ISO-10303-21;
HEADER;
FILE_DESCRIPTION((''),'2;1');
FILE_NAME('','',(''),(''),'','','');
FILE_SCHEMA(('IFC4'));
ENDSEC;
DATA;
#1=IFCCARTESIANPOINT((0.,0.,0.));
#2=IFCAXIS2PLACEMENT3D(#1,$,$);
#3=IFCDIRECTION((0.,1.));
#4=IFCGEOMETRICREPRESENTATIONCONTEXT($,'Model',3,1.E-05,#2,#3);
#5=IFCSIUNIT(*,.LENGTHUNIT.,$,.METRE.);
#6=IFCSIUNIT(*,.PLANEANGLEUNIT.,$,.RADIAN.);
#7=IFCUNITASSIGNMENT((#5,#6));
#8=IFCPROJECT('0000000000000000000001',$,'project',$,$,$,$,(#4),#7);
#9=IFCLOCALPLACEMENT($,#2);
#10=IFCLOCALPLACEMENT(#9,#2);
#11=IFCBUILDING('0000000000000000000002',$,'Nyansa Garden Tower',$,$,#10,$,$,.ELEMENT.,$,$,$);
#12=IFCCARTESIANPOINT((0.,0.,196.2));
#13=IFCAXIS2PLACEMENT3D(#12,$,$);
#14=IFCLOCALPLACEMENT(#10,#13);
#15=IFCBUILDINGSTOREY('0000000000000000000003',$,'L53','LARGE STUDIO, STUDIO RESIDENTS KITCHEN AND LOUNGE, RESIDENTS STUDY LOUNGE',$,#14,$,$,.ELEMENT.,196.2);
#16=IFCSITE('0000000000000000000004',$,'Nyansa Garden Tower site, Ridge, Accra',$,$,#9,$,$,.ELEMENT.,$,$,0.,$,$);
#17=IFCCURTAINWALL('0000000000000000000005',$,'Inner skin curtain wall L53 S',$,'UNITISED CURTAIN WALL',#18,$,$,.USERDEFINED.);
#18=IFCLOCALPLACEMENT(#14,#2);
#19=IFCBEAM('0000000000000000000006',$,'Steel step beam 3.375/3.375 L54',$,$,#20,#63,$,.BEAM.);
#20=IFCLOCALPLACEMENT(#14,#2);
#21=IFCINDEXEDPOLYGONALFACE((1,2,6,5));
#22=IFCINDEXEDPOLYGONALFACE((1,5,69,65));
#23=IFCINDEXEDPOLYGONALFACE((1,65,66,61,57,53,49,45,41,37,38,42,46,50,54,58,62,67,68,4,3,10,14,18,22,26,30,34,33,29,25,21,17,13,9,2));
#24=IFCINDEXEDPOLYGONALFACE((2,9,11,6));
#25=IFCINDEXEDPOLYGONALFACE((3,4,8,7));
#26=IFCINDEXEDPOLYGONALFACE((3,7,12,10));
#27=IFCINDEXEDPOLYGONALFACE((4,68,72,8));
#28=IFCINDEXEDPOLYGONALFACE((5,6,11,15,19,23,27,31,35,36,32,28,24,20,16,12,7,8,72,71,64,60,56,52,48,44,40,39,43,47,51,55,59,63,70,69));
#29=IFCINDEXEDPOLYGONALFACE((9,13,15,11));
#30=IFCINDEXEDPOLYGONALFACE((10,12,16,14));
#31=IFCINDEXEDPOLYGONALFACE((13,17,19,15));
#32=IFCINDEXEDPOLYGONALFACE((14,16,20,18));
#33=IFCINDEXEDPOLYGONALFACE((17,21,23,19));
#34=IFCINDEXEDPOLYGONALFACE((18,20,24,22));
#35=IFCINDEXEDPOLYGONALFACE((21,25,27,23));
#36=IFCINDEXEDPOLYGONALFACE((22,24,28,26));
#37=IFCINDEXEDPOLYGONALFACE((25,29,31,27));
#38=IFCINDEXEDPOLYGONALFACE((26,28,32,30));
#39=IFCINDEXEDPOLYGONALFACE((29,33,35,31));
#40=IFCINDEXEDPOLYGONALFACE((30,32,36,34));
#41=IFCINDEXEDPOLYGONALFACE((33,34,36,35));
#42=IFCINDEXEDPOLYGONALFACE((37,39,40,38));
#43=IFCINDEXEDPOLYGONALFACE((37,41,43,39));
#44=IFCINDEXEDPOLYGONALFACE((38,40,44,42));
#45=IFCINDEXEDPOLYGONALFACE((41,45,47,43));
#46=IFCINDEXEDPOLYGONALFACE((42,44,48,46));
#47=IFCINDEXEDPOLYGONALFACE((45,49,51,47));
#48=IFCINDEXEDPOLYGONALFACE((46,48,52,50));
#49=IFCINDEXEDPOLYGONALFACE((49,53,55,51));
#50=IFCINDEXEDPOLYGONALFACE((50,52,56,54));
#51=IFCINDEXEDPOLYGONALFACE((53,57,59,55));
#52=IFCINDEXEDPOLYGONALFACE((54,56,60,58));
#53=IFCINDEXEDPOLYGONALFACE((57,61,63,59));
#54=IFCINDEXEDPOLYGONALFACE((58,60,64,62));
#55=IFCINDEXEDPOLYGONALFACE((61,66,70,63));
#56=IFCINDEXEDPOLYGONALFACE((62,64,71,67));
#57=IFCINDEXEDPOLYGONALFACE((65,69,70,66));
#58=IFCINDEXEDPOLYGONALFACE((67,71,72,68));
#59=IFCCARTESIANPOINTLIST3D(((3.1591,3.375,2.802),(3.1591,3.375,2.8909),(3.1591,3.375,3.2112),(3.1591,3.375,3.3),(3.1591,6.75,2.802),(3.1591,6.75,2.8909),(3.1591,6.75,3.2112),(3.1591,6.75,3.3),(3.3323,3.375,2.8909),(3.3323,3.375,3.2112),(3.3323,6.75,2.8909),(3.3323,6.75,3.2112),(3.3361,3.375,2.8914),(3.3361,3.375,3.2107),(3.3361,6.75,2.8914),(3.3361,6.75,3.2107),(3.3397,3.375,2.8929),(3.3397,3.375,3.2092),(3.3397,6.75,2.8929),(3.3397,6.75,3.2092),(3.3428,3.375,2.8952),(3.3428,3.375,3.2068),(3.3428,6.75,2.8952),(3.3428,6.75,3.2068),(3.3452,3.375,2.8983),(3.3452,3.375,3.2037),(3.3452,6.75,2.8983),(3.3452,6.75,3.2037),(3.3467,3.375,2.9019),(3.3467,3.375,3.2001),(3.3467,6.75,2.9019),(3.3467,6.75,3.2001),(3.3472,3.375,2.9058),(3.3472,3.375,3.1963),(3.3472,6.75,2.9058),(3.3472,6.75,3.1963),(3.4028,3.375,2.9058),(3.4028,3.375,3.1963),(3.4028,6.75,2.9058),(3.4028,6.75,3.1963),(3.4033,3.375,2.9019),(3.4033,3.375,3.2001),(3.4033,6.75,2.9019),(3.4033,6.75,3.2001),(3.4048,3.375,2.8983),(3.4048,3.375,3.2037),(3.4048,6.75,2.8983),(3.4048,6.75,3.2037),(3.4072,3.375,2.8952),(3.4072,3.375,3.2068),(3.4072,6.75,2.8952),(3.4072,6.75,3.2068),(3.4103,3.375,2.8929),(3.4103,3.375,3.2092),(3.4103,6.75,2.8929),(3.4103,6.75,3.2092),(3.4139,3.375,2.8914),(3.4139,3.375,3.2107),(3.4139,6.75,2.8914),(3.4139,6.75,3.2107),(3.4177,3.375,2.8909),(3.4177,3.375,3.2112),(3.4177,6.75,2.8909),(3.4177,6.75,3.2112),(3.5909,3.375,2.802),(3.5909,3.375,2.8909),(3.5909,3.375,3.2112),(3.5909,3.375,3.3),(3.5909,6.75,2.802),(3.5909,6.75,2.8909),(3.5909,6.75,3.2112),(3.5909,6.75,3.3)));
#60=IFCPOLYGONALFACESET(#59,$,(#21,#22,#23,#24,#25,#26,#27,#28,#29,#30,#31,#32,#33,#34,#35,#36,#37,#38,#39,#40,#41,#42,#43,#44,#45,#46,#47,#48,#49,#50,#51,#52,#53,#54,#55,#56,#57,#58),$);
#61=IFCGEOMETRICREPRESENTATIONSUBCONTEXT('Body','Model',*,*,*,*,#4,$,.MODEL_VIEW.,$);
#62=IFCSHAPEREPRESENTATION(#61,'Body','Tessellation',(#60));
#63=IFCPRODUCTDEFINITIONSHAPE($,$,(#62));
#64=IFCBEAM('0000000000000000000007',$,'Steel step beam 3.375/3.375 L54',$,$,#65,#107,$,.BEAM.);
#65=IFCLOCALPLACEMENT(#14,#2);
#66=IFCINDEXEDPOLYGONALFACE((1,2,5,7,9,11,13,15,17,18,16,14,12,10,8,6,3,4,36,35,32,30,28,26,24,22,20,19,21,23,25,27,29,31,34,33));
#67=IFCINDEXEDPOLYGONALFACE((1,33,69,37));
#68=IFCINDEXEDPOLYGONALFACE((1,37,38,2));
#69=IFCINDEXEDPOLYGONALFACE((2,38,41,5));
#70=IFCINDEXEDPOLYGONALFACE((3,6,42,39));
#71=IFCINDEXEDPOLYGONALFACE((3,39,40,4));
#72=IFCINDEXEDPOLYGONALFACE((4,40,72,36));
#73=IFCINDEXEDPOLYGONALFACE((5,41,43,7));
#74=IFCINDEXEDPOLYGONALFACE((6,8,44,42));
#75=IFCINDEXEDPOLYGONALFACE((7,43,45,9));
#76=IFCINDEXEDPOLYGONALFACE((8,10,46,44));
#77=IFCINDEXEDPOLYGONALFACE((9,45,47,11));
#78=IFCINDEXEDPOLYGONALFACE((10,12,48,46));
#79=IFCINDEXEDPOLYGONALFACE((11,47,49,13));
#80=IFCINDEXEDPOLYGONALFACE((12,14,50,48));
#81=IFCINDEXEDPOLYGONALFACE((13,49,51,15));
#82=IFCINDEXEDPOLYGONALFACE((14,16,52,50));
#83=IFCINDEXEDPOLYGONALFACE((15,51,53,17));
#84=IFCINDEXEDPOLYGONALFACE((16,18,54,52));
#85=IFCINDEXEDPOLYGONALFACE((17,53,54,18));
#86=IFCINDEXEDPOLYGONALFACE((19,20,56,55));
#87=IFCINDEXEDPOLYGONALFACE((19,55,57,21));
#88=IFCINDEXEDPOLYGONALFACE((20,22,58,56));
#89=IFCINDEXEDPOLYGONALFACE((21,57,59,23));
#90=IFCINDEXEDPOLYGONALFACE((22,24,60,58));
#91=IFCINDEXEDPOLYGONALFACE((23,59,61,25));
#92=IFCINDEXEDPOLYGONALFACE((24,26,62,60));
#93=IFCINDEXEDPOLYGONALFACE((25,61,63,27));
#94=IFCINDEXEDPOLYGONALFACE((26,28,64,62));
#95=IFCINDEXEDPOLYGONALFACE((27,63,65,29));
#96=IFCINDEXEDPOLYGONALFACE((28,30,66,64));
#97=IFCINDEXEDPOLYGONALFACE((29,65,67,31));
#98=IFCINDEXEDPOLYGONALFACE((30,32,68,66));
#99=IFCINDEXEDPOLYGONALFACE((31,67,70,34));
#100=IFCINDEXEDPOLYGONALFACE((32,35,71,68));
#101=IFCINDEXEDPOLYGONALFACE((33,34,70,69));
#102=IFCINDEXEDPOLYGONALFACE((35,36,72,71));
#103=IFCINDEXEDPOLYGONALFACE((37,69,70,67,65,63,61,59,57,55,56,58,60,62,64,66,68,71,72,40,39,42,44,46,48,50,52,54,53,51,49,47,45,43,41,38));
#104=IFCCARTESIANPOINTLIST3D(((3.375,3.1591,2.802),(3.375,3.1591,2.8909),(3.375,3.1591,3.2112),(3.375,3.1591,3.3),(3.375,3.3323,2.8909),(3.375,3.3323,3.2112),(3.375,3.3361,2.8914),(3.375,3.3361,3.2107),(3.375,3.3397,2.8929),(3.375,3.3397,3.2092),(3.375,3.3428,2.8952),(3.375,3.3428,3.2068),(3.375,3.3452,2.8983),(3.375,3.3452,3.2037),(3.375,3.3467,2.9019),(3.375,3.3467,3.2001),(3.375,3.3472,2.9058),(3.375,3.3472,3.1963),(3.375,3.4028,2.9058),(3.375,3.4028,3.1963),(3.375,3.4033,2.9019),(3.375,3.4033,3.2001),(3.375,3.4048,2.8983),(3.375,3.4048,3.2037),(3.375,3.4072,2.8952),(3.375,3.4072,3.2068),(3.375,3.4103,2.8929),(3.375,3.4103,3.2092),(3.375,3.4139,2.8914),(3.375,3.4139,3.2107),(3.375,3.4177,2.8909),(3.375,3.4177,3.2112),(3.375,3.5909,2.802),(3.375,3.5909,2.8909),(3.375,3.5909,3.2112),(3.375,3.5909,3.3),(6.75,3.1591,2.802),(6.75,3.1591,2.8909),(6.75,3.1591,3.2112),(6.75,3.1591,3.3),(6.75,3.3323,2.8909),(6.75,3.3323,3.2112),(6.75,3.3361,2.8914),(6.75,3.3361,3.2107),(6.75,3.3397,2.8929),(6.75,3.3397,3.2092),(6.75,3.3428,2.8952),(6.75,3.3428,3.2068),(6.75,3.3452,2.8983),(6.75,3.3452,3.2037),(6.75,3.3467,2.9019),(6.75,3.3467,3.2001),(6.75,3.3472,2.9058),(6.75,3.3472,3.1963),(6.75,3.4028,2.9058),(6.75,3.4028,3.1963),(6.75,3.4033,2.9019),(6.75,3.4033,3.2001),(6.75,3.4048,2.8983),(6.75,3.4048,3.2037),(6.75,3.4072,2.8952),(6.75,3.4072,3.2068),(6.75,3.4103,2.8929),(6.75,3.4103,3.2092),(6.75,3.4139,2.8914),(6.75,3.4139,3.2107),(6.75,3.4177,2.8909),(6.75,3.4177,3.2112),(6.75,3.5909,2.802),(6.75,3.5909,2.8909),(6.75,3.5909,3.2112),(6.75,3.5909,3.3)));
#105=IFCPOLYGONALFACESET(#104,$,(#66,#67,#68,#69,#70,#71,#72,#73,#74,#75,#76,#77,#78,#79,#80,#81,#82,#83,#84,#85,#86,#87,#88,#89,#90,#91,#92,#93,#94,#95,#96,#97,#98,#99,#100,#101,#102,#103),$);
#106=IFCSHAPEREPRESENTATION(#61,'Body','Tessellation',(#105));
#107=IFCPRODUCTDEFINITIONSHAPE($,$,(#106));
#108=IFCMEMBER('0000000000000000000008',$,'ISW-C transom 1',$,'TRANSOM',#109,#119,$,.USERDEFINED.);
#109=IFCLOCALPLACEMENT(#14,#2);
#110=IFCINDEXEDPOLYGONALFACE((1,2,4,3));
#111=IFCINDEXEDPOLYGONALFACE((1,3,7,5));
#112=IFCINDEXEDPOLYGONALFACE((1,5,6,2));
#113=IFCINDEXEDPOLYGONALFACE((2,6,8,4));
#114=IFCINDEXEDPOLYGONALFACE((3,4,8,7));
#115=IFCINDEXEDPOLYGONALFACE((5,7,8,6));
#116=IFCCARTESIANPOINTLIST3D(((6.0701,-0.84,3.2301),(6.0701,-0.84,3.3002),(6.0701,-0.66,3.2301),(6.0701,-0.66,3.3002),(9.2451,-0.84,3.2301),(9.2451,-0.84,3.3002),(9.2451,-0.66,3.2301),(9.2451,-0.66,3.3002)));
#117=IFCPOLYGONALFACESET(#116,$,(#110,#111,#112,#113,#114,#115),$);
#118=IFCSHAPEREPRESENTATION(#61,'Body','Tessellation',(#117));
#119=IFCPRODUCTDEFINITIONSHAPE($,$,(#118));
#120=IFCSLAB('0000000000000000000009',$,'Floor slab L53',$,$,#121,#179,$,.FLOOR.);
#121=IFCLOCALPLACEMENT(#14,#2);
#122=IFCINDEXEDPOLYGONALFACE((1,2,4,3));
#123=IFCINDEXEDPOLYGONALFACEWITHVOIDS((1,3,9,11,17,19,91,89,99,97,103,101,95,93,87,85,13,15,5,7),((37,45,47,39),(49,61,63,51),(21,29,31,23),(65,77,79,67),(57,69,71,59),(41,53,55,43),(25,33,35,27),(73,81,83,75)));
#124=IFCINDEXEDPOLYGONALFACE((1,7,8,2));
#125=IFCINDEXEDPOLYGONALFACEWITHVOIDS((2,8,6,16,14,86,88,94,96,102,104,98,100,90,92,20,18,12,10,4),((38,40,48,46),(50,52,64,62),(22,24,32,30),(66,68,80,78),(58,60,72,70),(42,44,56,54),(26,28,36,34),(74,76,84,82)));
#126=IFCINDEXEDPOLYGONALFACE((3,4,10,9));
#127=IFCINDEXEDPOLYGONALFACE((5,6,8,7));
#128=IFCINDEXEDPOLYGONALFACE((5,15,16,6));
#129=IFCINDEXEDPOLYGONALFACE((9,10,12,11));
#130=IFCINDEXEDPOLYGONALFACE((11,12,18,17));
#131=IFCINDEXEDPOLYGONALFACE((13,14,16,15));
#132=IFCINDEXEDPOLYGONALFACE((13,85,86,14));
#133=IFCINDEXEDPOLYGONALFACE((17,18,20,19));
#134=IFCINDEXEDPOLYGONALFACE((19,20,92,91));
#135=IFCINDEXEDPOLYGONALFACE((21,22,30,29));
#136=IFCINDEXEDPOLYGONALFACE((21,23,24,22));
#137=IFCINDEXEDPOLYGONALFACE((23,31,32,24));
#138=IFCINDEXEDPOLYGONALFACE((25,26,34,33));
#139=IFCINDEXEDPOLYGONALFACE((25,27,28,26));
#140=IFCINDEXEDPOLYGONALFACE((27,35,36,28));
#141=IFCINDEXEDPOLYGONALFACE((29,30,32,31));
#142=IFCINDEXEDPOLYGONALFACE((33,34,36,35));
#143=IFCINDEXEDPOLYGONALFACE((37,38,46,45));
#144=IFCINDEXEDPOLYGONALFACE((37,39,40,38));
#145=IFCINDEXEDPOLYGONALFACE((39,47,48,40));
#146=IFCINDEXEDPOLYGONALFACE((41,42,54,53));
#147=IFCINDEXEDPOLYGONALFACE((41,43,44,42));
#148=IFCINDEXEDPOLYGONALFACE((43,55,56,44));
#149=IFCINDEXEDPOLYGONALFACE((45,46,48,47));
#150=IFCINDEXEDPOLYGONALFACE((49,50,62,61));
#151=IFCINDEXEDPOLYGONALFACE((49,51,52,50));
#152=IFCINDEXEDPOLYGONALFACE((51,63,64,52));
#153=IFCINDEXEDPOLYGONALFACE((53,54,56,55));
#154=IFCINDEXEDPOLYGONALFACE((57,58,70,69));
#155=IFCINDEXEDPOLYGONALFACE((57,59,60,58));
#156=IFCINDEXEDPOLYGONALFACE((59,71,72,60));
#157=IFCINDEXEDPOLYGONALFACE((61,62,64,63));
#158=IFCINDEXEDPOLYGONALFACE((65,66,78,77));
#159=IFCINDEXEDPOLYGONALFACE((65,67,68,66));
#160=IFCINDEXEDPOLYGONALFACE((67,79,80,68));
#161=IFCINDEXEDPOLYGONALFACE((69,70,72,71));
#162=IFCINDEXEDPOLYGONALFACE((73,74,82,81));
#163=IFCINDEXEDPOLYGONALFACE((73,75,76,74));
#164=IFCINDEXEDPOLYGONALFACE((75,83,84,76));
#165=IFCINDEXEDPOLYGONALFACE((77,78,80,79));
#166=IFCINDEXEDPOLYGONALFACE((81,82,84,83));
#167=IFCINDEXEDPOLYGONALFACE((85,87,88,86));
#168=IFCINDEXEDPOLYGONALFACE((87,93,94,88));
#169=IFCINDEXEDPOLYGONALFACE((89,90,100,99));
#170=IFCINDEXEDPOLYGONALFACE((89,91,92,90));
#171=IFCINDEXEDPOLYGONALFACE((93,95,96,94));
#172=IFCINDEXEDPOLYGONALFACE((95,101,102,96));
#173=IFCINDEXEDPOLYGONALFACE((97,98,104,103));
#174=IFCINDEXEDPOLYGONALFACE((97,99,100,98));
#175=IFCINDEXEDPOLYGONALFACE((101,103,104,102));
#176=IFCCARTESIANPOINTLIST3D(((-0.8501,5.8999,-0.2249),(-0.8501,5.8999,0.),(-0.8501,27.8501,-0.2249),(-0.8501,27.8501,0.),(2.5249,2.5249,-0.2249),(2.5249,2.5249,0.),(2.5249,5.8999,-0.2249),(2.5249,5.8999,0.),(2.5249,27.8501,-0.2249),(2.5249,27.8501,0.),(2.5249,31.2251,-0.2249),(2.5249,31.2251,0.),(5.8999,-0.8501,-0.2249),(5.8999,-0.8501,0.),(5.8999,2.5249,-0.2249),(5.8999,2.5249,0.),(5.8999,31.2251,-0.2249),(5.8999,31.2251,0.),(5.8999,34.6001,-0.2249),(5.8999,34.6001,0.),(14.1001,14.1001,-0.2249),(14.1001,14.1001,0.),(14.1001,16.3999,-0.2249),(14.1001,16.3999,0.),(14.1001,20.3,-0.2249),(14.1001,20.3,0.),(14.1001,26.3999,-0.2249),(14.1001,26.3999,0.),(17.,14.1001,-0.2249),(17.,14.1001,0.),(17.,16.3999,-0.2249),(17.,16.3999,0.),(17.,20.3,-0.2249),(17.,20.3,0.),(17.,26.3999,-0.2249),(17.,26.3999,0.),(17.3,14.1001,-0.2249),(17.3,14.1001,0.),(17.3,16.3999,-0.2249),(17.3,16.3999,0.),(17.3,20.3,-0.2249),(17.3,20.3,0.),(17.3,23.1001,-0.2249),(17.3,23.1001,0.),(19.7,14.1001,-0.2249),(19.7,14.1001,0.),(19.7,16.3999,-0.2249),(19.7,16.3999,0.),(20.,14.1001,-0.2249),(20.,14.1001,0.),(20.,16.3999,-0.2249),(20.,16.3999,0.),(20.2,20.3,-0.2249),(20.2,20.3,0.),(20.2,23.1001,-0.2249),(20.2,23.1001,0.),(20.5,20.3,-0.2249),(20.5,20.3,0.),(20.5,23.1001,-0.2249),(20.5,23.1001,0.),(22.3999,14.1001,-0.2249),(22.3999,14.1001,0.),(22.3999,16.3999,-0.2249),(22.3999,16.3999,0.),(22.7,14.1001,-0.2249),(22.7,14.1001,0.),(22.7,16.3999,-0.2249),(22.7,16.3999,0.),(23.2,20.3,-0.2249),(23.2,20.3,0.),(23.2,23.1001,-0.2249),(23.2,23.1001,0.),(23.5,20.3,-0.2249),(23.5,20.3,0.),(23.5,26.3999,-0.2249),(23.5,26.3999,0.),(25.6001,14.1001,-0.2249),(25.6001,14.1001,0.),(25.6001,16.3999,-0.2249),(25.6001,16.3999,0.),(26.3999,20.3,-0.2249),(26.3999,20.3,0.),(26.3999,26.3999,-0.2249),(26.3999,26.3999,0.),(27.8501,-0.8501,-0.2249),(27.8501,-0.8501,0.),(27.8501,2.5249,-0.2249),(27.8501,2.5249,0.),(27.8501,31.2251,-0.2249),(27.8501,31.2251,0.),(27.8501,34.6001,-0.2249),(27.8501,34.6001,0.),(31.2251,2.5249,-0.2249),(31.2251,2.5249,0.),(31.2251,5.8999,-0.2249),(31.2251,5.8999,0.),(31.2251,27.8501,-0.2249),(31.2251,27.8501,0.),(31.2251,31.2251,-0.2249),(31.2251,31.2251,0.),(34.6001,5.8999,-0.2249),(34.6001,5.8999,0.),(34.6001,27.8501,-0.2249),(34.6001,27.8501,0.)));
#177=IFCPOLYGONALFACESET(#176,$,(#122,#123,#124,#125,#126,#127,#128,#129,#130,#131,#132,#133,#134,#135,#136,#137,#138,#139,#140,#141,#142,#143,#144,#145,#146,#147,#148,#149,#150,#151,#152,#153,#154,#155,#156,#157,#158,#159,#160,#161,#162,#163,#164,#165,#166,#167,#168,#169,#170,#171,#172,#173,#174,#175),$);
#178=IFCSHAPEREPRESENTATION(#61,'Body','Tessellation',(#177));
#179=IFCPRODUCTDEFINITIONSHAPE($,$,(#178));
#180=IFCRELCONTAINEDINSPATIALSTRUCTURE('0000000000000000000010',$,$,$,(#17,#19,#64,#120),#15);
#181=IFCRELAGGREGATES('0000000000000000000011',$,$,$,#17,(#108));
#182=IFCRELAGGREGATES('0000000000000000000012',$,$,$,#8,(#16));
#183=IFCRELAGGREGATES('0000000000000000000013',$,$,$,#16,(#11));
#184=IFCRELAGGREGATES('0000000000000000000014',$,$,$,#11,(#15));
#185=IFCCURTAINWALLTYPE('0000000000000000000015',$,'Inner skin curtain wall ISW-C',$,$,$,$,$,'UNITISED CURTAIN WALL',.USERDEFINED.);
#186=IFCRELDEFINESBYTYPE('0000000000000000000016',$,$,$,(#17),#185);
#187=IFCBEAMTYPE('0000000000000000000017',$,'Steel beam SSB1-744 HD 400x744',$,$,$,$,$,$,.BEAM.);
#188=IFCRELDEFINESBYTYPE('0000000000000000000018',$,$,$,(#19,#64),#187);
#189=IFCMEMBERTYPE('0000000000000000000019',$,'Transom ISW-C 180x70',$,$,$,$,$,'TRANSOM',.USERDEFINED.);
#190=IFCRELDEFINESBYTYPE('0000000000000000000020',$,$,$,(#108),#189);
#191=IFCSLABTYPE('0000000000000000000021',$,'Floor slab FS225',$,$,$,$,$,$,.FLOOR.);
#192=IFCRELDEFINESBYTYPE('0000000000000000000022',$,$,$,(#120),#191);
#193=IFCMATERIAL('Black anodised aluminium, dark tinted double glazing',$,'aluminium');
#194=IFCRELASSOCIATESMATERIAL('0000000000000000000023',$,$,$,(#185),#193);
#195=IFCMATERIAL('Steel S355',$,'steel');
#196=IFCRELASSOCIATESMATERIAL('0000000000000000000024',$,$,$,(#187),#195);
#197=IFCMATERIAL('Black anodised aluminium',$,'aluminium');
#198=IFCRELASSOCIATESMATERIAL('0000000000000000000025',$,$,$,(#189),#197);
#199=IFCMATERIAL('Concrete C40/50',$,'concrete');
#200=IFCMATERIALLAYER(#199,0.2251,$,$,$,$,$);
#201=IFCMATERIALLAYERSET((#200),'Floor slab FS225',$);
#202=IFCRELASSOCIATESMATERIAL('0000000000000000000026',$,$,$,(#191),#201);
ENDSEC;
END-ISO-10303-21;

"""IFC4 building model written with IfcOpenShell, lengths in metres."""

from ifc_helpers import new_model, si_unit, direction, frame, origin, origin_2d, place, context, subcontext, project, spatial, polyline, rectangle, i_section, outline, extrude, material, layer, layer_set, material_profile, profile_set, type_object, element, aggregate, save


model = new_model("IFC4")

# Units and contexts
model_context = context("Model", 3, precision=1e-05, world=origin(), true_north=direction((0.0, 1.0)))
body_context = subcontext(model_context, "Body", "Model", "MODEL_VIEW")
ifc_project = project(units=[si_unit("LENGTHUNIT", "METRE"), si_unit("PLANEANGLEUNIT", "RADIAN")], contexts=[model_context])

# Site, building, storey
site_placement = place(None, origin())
site = spatial("IfcSite", under=ifc_project, at=site_placement, Name="Nyansa Garden Tower site, Ridge, Accra", CompositionType="ELEMENT", RefElevation=0.0)
building_placement = place(site_placement, origin())
building = spatial("IfcBuilding", under=site, at=building_placement, Name="Nyansa Garden Tower", CompositionType="ELEMENT")
storey_placement = place(building_placement, frame((0.0, 0.0, 196.2)))
storey = spatial("IfcBuildingStorey", under=building, at=storey_placement, Name="L53", Description="LARGE STUDIO, STUDIO RESIDENTS KITCHEN AND LOUNGE, RESIDENTS STUDY LOUNGE", CompositionType="ELEMENT", Elevation=196.2)

# Curtain wall
ifc_material_1 = material(Name="Black anodised aluminium, dark tinted double glazing", Category="aluminium")
curtain_wall_type = type_object("IfcCurtainWallType", Name="Inner skin curtain wall ISW-C", ElementType="UNITISED CURTAIN WALL", PredefinedType="USERDEFINED", material=ifc_material_1)
curtain_wall_1_placement = place(storey_placement, origin())
curtain_wall_1 = element("IfcCurtainWall", 1, at=curtain_wall_1_placement, inside=storey, type_object=curtain_wall_type, Name="Inner skin curtain wall L53 S", ObjectType="UNITISED CURTAIN WALL", PredefinedType="USERDEFINED")

# Beams
ifc_material_2 = material(Name="Steel S355", Category="steel")
ifc_material_profile_1 = material_profile(ifc_material_2, i_section(OverallWidth=0.4319, OverallDepth=0.498, WebThickness=0.0557, FlangeThickness=0.0889, FilletRadius=0.0149, at=origin_2d()), Name="HD 400x744")
ifc_profile_set_1 = profile_set([ifc_material_profile_1], Name="Steel S355")
beam_type_1 = type_object("IfcBeamType", Name="Steel beam SSB1-744 HD 400x744", PredefinedType="BEAM", material=ifc_profile_set_1)
for number, where, z_axis, x_axis, name in (
    (2, (3.375, 3.375, 3.051), (0.0, 1.0, 0.0), (-1.0, 0.0, 0.0), "Steel step beam 3.375/3.375 L54"),
    (3, (3.375, 3.375, 3.051), (1.0, 0.0, 0.0), (0.0, 1.0, 0.0), "Steel step beam 3.375/3.375 L54"),
):
    element("IfcBeam", number, at=place(storey_placement, frame(where, z_axis=z_axis, x_axis=x_axis)), inside=storey, type_object=beam_type_1, Name=name, PredefinedType="BEAM", context=body_context, shape_type="SweptSolid", body=[
        extrude(i_section(OverallWidth=0.4319, OverallDepth=0.498, WebThickness=0.0557, FlangeThickness=0.0889, FilletRadius=0.0149, at=origin_2d()), origin(), (0.0, 0.0, 1.0), 3.375),
    ])

# Member
ifc_material_3 = material(Name="Black anodised aluminium", Category="aluminium")
ifc_material_profile_2 = material_profile(ifc_material_3, rectangle(XDim=0.1799, YDim=0.0701, at=origin_2d()), Name="Transom 180x70")
ifc_profile_set_2 = profile_set([ifc_material_profile_2], Name="Black anodised aluminium")
member_type_1 = type_object("IfcMemberType", Name="Transom ISW-C 180x70", ElementType="TRANSOM", PredefinedType="USERDEFINED", material=ifc_profile_set_2)
member_1_placement = place(storey_placement, frame((6.0701, -0.75, 3.2651), z_axis=(1.0, 0.0, 0.0), x_axis=(0.0, 1.0, 0.0)))
member_1 = element("IfcMember", 4, at=member_1_placement, type_object=member_type_1, Name="ISW-C transom 1", ObjectType="TRANSOM", PredefinedType="USERDEFINED", context=body_context, shape_type="SweptSolid", body=[
    extrude(rectangle(XDim=0.1799, YDim=0.0701, at=origin_2d()), origin(), (0.0, 0.0, 1.0), 3.175),
])
aggregate(curtain_wall_1, [member_1])

# Slab
ifc_material_4 = material(Name="Concrete C40/50", Category="concrete")
ifc_layer_1 = layer(ifc_material_4, 0.2251)
ifc_layer_set_1 = layer_set([ifc_layer_1], Name="Floor slab FS225")
slab_type_1 = type_object("IfcSlabType", Name="Floor slab FS225", PredefinedType="FLOOR", material=ifc_layer_set_1)
slab_1_placement = place(storey_placement, frame((0.0, 0.0, -0.2249)))
element("IfcSlab", 5, at=slab_1_placement, inside=storey, type_object=slab_type_1, Name="Floor slab L53", PredefinedType="FLOOR", context=body_context, shape_type="SweptSolid", body=[
    extrude(outline(polyline([(34.6001, 5.8999), (31.2251, 5.8999), (31.2251, 2.5249), (27.8501, 2.5249), (27.8501, -0.8501), (5.8999, -0.8501), (5.8999, 2.5249), (2.5249, 2.5249), (2.5249, 5.8999), (-0.8501, 5.8999), (-0.8501, 27.8501), (2.5249, 27.8501), (2.5249, 31.2251), (5.8999, 31.2251), (5.8999, 34.6001), (27.8501, 34.6001), (27.8501, 31.2251), (31.2251, 31.2251), (31.2251, 27.8501), (34.6001, 27.8501), (34.6001, 5.8999)]), holes=[polyline([(14.1001, 14.1001), (17.0, 14.1001), (17.0, 16.3999), (14.1001, 16.3999), (14.1001, 14.1001)]), polyline([(17.3, 14.1001), (19.7, 14.1001), (19.7, 16.3999), (17.3, 16.3999), (17.3, 14.1001)]), polyline([(20.0, 14.1001), (22.3999, 14.1001), (22.3999, 16.3999), (20.0, 16.3999), (20.0, 14.1001)]), polyline([(22.7, 14.1001), (25.6001, 14.1001), (25.6001, 16.3999), (22.7, 16.3999), (22.7, 14.1001)]), polyline([(17.3, 20.3), (20.2, 20.3), (20.2, 23.1001), (17.3, 23.1001), (17.3, 20.3)]), polyline([(20.5, 20.3), (23.2, 20.3), (23.2, 23.1001), (20.5, 23.1001), (20.5, 20.3)]), polyline([(14.1001, 20.3), (17.0, 20.3), (17.0, 26.3999), (14.1001, 26.3999), (14.1001, 20.3)]), polyline([(23.5, 20.3), (26.3999, 20.3), (26.3999, 26.3999), (23.5, 26.3999), (23.5, 20.3)])]), origin(), (0.0, 0.0, 1.0), 0.2249),
])

save(model, "model.ifc")
